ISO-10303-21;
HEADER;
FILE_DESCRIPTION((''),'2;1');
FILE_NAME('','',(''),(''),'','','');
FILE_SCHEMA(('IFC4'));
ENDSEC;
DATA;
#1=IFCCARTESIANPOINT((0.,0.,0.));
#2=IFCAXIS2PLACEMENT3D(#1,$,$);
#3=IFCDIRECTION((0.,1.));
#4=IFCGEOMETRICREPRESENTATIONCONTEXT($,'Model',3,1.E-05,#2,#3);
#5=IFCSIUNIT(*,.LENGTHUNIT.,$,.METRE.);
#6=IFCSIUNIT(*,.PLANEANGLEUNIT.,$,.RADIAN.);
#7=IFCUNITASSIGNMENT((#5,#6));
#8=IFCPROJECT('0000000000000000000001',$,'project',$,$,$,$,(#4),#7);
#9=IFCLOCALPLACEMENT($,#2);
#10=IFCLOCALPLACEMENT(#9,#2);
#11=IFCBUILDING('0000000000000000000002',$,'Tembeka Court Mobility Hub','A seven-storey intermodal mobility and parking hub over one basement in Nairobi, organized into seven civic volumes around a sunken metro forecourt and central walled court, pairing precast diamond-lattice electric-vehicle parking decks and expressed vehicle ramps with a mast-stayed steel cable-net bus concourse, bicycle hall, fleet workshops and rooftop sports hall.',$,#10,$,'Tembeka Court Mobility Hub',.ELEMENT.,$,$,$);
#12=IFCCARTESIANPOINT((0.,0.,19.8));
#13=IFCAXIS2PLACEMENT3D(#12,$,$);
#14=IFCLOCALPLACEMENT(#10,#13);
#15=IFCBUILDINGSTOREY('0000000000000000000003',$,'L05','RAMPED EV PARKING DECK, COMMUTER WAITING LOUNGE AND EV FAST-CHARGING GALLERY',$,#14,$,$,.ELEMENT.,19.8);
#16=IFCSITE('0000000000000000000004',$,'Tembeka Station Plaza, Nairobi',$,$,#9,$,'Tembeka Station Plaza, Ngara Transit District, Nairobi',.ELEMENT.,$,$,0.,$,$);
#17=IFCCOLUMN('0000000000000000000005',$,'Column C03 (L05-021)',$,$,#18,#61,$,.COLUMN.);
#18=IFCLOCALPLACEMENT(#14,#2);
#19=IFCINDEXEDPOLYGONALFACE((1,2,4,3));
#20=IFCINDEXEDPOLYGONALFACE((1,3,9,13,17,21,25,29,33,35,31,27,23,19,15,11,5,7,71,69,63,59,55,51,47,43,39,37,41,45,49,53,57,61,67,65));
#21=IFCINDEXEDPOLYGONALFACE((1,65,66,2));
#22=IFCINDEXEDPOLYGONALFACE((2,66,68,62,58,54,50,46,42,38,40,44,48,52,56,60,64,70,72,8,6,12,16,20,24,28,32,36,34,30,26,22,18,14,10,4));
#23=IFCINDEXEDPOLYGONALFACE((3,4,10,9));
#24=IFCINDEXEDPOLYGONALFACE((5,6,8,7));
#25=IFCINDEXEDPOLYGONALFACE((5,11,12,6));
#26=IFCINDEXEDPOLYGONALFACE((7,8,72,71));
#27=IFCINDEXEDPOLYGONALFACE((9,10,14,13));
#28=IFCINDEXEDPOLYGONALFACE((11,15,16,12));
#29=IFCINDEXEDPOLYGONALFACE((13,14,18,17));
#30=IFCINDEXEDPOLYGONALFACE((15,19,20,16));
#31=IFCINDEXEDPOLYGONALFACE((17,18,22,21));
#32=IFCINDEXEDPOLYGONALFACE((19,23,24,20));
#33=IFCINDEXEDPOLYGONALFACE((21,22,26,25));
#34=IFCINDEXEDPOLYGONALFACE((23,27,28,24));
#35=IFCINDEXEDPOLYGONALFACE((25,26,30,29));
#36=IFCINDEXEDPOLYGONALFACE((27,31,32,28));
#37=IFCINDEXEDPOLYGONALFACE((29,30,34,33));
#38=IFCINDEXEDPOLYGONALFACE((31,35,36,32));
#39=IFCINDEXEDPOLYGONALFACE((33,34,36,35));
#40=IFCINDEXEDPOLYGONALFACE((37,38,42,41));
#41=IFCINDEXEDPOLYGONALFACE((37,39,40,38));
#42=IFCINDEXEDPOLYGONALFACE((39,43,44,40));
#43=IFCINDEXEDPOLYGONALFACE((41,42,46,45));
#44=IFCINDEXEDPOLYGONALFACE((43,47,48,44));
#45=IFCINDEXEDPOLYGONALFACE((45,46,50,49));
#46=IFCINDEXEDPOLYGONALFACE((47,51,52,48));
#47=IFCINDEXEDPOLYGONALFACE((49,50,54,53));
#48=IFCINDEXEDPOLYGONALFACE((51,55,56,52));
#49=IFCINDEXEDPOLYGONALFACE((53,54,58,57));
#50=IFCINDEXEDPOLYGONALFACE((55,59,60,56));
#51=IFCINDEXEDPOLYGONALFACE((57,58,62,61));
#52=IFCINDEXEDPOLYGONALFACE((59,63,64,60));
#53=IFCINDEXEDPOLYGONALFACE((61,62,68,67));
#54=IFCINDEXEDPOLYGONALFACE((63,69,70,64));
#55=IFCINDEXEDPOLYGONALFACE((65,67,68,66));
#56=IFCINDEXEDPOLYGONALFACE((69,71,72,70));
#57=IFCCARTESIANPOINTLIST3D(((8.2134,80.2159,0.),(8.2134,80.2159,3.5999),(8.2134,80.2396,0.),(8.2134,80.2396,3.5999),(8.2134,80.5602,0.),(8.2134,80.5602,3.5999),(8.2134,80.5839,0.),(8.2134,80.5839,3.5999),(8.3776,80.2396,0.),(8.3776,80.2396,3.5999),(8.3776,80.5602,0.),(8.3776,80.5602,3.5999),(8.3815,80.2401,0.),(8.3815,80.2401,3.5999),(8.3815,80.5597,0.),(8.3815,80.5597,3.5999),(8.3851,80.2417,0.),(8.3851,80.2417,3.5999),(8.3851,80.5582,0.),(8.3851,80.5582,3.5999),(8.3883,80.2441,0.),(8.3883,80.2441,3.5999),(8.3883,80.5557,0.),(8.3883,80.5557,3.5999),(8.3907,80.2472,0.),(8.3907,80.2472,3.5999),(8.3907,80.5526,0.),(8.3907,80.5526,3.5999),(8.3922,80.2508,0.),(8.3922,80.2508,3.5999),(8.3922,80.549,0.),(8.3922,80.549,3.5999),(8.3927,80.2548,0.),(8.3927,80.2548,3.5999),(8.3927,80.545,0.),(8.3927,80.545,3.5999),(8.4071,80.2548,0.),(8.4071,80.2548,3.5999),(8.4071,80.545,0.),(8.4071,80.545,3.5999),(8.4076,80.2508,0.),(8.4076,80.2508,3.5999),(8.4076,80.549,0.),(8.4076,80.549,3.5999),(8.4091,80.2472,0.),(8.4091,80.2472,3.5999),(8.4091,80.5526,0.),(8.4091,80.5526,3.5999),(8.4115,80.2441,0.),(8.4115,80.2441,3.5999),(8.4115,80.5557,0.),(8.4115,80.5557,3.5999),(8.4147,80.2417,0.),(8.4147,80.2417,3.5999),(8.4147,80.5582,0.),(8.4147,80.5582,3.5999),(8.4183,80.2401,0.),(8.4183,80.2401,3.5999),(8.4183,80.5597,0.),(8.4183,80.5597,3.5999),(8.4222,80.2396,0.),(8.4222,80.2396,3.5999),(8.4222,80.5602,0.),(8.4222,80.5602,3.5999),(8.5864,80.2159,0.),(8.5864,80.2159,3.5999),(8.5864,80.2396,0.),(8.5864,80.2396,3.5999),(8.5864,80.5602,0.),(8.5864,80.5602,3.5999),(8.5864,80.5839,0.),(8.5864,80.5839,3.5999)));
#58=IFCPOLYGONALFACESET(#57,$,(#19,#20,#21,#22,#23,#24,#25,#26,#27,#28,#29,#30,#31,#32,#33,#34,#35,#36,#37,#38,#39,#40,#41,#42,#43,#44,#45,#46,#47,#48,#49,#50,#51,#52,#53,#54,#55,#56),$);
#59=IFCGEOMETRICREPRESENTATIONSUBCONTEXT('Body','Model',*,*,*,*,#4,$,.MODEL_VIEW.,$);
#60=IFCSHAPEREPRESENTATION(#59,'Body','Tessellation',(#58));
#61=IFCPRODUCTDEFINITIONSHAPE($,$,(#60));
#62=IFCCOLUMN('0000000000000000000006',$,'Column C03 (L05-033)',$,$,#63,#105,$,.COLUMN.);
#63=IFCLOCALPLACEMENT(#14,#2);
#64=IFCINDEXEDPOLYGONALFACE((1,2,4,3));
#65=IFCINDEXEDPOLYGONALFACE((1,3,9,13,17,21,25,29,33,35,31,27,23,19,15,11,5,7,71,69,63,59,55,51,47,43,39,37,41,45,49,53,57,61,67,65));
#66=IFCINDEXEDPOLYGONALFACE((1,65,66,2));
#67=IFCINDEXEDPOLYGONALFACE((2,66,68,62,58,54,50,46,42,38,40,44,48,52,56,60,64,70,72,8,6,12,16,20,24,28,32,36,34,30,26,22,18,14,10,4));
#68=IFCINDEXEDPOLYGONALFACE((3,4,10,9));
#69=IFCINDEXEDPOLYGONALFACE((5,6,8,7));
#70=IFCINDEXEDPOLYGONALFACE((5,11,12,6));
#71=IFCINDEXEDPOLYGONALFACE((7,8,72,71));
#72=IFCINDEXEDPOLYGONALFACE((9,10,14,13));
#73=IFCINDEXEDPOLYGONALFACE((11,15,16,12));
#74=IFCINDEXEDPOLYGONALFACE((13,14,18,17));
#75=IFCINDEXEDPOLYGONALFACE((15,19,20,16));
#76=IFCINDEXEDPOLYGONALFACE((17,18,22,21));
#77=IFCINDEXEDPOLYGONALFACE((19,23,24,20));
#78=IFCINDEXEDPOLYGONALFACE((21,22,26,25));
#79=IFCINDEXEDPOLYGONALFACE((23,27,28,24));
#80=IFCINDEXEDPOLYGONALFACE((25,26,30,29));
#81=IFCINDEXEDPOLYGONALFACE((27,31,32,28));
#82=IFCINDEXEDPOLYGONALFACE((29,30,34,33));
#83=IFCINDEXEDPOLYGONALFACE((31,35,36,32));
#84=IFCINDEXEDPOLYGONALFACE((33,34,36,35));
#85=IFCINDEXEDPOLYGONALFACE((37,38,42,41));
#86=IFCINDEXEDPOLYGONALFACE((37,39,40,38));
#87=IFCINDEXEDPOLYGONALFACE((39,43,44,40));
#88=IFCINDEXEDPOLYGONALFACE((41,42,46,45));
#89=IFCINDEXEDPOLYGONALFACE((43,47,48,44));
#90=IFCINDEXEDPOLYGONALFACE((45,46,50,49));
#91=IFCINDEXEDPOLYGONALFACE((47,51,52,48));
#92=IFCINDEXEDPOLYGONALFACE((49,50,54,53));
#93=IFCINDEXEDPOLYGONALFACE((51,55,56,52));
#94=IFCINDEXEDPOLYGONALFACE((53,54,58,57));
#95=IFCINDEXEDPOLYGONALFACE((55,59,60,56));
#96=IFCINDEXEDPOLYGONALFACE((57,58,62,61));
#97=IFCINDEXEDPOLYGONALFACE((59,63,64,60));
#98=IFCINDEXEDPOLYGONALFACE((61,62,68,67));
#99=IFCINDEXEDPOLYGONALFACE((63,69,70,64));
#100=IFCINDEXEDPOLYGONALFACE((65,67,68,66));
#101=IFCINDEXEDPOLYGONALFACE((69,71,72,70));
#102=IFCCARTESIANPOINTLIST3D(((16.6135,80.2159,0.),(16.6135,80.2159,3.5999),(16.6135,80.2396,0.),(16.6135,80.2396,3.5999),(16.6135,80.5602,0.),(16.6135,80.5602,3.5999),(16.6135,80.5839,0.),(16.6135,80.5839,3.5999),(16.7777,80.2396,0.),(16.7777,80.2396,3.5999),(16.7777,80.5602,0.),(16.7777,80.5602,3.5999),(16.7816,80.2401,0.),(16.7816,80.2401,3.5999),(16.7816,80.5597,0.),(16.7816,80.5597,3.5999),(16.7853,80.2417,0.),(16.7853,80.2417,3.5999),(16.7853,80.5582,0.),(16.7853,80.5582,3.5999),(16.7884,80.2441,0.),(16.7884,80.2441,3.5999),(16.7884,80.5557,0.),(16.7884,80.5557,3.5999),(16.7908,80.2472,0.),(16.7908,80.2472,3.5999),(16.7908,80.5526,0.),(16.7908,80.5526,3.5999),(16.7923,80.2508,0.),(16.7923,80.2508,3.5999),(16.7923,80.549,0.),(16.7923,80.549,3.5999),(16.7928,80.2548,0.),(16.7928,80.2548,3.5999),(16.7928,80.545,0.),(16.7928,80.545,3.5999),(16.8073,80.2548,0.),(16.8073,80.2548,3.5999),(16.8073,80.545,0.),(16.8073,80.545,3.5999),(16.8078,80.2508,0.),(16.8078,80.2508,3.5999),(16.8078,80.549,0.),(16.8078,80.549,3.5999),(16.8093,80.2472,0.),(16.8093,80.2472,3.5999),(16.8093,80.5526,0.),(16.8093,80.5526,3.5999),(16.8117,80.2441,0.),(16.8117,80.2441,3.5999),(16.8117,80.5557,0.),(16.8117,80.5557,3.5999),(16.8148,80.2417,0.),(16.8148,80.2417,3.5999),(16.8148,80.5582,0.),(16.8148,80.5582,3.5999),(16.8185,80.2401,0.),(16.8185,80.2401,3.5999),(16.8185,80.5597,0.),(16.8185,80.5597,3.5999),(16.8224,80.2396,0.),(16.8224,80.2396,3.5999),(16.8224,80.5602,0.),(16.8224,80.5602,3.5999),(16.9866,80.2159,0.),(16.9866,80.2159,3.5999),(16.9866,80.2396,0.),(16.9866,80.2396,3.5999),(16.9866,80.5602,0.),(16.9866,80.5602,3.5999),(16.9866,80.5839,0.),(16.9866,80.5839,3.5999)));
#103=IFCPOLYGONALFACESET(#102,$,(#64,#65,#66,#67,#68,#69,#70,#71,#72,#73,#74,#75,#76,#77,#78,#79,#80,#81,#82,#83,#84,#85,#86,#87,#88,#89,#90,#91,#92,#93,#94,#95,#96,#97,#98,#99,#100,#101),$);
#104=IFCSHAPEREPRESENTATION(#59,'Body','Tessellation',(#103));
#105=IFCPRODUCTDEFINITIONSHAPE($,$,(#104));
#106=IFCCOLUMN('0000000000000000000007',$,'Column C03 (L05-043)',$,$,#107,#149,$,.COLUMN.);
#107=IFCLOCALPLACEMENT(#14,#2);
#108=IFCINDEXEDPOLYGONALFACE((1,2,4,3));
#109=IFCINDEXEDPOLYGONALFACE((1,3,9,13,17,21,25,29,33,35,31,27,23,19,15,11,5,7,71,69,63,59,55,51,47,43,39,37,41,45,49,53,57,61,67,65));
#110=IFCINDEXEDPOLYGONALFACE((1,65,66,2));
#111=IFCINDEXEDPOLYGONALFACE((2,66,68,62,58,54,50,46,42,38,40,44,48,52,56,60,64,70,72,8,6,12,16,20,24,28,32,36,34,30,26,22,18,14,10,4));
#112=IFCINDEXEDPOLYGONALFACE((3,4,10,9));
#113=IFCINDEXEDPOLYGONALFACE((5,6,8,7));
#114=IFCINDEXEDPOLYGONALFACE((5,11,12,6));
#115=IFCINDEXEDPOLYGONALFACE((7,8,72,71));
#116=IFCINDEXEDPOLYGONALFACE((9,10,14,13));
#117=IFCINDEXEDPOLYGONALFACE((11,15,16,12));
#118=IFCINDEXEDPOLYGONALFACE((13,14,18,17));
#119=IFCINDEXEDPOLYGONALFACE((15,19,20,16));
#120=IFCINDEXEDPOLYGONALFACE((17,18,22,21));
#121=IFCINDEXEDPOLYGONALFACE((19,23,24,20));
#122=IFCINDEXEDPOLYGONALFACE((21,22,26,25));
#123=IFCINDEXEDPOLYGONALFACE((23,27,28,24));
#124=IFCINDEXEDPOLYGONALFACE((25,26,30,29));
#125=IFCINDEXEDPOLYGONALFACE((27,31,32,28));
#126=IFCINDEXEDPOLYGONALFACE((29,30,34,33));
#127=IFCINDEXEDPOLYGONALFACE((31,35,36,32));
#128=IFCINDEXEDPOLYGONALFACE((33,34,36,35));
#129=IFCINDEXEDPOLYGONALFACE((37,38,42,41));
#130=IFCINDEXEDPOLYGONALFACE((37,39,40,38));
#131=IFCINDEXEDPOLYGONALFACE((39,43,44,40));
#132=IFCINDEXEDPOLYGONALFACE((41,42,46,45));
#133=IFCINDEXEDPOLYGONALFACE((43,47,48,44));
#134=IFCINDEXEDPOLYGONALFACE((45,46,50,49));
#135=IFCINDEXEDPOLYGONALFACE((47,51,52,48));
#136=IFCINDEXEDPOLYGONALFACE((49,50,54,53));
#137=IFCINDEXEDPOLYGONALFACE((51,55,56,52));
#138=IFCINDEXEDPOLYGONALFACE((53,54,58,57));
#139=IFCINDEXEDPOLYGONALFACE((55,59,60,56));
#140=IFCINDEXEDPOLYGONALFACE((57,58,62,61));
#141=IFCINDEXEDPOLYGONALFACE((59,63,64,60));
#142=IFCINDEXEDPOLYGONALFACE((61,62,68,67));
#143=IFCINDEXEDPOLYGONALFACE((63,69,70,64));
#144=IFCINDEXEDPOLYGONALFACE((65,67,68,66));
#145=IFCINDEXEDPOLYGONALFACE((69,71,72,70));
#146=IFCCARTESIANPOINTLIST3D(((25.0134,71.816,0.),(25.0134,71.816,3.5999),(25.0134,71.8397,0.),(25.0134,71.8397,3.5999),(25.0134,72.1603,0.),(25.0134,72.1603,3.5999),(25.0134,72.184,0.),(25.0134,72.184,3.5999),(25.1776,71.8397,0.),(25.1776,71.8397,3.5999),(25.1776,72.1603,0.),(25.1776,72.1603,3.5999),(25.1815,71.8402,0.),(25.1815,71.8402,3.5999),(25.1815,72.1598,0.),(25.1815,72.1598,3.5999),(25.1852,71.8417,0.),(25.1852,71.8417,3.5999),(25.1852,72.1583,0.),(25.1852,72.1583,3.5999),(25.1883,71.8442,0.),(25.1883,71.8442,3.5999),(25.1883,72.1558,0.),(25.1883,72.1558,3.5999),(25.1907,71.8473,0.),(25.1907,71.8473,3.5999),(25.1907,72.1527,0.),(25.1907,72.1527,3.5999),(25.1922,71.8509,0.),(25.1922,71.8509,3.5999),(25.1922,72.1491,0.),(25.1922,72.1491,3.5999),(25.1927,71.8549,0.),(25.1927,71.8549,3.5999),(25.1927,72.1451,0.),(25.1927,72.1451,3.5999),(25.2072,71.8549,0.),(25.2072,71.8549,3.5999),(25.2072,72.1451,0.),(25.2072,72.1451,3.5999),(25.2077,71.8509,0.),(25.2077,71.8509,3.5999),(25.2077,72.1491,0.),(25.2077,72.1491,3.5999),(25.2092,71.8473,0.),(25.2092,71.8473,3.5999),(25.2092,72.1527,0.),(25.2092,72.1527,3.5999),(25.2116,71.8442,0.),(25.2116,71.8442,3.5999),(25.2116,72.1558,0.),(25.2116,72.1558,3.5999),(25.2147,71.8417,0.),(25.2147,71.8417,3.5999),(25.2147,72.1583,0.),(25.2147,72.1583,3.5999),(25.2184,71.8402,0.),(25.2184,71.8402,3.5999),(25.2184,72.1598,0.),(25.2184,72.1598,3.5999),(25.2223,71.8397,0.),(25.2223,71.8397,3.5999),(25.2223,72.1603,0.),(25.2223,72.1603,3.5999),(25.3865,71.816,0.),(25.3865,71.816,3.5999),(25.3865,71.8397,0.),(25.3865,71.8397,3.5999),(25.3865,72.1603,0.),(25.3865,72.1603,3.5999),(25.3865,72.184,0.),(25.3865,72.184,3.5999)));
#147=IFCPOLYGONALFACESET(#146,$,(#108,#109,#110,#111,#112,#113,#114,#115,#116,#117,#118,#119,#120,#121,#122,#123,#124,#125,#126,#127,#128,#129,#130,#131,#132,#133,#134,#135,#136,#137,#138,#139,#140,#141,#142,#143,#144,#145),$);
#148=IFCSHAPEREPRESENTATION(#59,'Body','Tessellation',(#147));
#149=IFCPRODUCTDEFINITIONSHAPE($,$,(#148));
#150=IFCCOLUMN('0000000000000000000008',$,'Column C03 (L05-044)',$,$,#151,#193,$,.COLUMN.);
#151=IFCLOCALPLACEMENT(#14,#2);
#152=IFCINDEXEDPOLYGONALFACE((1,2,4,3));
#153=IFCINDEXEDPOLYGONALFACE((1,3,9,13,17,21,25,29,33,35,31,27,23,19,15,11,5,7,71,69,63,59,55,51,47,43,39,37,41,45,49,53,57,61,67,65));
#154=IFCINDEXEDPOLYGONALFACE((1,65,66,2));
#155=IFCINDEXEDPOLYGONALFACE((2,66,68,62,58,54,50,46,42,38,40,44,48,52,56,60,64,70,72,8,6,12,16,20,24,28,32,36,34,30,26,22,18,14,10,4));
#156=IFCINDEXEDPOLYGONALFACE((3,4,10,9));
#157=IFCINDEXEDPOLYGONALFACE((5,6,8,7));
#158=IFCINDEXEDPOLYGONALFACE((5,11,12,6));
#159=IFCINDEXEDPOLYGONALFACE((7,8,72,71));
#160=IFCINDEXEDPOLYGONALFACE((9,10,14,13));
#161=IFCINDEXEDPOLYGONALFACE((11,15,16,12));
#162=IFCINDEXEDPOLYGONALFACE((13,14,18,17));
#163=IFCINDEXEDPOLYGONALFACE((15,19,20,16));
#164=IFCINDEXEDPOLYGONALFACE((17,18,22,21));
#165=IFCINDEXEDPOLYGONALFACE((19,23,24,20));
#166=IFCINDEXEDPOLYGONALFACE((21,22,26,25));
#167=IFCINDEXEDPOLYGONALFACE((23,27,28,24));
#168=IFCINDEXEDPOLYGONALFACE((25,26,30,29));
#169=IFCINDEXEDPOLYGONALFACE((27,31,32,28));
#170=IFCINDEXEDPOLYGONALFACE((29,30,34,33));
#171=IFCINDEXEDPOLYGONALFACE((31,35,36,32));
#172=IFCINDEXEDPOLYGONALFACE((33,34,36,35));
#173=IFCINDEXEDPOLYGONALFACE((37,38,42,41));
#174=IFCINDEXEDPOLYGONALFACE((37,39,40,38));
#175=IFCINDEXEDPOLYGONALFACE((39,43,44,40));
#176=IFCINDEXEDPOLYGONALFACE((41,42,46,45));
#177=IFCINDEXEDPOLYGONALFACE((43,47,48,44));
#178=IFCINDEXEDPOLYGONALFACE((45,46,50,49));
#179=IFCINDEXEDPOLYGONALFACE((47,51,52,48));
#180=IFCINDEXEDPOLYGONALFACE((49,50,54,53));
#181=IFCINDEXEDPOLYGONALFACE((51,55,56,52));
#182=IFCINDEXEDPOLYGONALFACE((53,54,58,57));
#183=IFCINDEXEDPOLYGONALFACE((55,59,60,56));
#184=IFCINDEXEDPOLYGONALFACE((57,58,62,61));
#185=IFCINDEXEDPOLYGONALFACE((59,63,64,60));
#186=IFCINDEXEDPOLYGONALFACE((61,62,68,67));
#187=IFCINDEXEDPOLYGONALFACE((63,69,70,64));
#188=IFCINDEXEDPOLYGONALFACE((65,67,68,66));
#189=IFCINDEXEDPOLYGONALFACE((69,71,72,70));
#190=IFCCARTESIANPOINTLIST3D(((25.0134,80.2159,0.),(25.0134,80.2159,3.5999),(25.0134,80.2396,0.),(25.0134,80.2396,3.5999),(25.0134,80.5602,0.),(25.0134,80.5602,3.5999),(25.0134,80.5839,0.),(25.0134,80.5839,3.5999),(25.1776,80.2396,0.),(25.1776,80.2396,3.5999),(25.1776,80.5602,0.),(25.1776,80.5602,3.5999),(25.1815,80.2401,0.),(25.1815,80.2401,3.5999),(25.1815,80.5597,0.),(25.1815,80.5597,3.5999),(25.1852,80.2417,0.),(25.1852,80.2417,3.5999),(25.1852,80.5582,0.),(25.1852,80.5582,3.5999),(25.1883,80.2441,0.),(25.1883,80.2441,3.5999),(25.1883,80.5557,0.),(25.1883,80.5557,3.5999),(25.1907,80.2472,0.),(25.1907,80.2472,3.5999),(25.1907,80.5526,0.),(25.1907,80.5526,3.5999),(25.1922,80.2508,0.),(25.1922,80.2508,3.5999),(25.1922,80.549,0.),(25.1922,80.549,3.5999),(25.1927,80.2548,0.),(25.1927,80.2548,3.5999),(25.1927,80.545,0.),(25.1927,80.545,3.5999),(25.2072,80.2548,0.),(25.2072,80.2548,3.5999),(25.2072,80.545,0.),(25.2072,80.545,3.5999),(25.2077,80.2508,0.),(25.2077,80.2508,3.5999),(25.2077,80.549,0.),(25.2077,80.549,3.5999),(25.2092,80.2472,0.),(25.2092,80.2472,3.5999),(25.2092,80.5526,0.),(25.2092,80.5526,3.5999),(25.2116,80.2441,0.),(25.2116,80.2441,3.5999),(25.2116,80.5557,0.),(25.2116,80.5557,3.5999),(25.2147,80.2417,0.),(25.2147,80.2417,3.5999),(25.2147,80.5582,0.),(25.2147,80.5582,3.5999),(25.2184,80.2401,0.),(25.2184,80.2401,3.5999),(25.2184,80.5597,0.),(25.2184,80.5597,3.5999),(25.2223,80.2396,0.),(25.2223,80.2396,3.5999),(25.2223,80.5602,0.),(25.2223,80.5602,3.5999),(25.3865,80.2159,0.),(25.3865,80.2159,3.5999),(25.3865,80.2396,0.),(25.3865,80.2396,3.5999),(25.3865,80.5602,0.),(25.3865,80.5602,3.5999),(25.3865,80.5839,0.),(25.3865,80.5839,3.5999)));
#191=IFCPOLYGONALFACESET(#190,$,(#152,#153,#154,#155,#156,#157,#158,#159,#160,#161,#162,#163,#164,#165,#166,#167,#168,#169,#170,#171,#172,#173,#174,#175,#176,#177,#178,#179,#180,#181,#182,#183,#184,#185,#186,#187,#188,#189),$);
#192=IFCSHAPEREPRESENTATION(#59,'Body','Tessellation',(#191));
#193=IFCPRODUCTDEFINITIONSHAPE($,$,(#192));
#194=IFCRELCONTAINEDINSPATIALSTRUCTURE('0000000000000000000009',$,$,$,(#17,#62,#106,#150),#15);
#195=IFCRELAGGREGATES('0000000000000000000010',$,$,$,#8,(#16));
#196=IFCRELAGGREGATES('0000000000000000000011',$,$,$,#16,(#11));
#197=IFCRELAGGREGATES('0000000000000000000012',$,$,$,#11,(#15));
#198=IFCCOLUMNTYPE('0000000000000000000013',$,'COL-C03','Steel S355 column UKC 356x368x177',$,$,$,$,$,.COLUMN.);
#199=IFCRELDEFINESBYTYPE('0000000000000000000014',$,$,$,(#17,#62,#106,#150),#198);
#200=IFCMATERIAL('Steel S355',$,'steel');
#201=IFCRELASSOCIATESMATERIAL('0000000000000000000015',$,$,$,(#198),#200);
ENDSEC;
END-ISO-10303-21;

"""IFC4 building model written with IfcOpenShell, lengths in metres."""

from ifc_helpers import new_model, si_unit, direction, frame, origin, origin_2d, place, context, subcontext, project, spatial, i_section, extrude, material, material_profile, profile_set, type_object, element, save


model = new_model("IFC4")

# Units and contexts
model_context = context("Model", 3, precision=1e-05, world=origin(), true_north=direction((0.0, 1.0)))
body_context = subcontext(model_context, "Body", "Model", "MODEL_VIEW")
ifc_project = project(units=[si_unit("LENGTHUNIT", "METRE"), si_unit("PLANEANGLEUNIT", "RADIAN")], contexts=[model_context])

# Site, building, storey
site_placement = place(None, origin())
site = spatial("IfcSite", under=ifc_project, at=site_placement, Name="Tembeka Station Plaza, Nairobi", LongName="Tembeka Station Plaza, Ngara Transit District, Nairobi", CompositionType="ELEMENT", RefElevation=0.0)
building_placement = place(site_placement, origin())
building = spatial("IfcBuilding", under=site, at=building_placement, Name="Tembeka Court Mobility Hub", Description="A seven-storey intermodal mobility and parking hub over one basement in Nairobi, organized into seven civic volumes around a sunken metro forecourt and central walled court, pairing precast diamond-lattice electric-vehicle parking decks and expressed vehicle ramps with a mast-stayed steel cable-net bus concourse, bicycle hall, fleet workshops and rooftop sports hall.", LongName="Tembeka Court Mobility Hub", CompositionType="ELEMENT")
storey_placement = place(building_placement, frame((0.0, 0.0, 19.8)))
storey = spatial("IfcBuildingStorey", under=building, at=storey_placement, Name="L05", Description="RAMPED EV PARKING DECK, COMMUTER WAITING LOUNGE AND EV FAST-CHARGING GALLERY", CompositionType="ELEMENT", Elevation=19.8)

# Columns
ifc_material_1 = material(Name="Steel S355", Category="steel")
ifc_material_profile_1 = material_profile(ifc_material_1, i_section(OverallWidth=0.373, OverallDepth=0.3679, WebThickness=0.0144, FlangeThickness=0.0237, FilletRadius=0.0151, at=origin_2d()), Name="UKC 356x368x177")
ifc_profile_set_1 = profile_set([ifc_material_profile_1], Name="Steel S355")
column_type = type_object("IfcColumnType", Name="COL-C03", Description="Steel S355 column UKC 356x368x177", PredefinedType="COLUMN", material=ifc_profile_set_1)
for number, where, z_axis, x_axis, name in (
    (1, (8.3999, 80.3999, 0.0), (0.0, 0.0, 1.0), (1.0, 0.0, 0.0), "Column C03 (L05-021)"),
    (2, (16.8, 80.3999, 0.0), (0.0, 0.0, 1.0), (1.0, 0.0, 0.0), "Column C03 (L05-033)"),
    (3, (25.2, 72.0, 0.0), (0.0, 0.0, 1.0), (1.0, 0.0, 0.0), "Column C03 (L05-043)"),
    (4, (25.2, 80.3999, 0.0), (0.0, 0.0, 1.0), (1.0, 0.0, 0.0), "Column C03 (L05-044)"),
):
    element("IfcColumn", number, at=place(storey_placement, frame(where, z_axis=z_axis, x_axis=x_axis)), inside=storey, type_object=column_type, Name=name, PredefinedType="COLUMN", context=body_context, shape_type="SweptSolid", body=[
        extrude(i_section(OverallWidth=0.373, OverallDepth=0.3679, WebThickness=0.0144, FlangeThickness=0.0237, FilletRadius=0.0151, at=origin_2d()), origin(), (0.0, 0.0, 1.0), 3.5999),
    ])

save(model, "model.ifc")
